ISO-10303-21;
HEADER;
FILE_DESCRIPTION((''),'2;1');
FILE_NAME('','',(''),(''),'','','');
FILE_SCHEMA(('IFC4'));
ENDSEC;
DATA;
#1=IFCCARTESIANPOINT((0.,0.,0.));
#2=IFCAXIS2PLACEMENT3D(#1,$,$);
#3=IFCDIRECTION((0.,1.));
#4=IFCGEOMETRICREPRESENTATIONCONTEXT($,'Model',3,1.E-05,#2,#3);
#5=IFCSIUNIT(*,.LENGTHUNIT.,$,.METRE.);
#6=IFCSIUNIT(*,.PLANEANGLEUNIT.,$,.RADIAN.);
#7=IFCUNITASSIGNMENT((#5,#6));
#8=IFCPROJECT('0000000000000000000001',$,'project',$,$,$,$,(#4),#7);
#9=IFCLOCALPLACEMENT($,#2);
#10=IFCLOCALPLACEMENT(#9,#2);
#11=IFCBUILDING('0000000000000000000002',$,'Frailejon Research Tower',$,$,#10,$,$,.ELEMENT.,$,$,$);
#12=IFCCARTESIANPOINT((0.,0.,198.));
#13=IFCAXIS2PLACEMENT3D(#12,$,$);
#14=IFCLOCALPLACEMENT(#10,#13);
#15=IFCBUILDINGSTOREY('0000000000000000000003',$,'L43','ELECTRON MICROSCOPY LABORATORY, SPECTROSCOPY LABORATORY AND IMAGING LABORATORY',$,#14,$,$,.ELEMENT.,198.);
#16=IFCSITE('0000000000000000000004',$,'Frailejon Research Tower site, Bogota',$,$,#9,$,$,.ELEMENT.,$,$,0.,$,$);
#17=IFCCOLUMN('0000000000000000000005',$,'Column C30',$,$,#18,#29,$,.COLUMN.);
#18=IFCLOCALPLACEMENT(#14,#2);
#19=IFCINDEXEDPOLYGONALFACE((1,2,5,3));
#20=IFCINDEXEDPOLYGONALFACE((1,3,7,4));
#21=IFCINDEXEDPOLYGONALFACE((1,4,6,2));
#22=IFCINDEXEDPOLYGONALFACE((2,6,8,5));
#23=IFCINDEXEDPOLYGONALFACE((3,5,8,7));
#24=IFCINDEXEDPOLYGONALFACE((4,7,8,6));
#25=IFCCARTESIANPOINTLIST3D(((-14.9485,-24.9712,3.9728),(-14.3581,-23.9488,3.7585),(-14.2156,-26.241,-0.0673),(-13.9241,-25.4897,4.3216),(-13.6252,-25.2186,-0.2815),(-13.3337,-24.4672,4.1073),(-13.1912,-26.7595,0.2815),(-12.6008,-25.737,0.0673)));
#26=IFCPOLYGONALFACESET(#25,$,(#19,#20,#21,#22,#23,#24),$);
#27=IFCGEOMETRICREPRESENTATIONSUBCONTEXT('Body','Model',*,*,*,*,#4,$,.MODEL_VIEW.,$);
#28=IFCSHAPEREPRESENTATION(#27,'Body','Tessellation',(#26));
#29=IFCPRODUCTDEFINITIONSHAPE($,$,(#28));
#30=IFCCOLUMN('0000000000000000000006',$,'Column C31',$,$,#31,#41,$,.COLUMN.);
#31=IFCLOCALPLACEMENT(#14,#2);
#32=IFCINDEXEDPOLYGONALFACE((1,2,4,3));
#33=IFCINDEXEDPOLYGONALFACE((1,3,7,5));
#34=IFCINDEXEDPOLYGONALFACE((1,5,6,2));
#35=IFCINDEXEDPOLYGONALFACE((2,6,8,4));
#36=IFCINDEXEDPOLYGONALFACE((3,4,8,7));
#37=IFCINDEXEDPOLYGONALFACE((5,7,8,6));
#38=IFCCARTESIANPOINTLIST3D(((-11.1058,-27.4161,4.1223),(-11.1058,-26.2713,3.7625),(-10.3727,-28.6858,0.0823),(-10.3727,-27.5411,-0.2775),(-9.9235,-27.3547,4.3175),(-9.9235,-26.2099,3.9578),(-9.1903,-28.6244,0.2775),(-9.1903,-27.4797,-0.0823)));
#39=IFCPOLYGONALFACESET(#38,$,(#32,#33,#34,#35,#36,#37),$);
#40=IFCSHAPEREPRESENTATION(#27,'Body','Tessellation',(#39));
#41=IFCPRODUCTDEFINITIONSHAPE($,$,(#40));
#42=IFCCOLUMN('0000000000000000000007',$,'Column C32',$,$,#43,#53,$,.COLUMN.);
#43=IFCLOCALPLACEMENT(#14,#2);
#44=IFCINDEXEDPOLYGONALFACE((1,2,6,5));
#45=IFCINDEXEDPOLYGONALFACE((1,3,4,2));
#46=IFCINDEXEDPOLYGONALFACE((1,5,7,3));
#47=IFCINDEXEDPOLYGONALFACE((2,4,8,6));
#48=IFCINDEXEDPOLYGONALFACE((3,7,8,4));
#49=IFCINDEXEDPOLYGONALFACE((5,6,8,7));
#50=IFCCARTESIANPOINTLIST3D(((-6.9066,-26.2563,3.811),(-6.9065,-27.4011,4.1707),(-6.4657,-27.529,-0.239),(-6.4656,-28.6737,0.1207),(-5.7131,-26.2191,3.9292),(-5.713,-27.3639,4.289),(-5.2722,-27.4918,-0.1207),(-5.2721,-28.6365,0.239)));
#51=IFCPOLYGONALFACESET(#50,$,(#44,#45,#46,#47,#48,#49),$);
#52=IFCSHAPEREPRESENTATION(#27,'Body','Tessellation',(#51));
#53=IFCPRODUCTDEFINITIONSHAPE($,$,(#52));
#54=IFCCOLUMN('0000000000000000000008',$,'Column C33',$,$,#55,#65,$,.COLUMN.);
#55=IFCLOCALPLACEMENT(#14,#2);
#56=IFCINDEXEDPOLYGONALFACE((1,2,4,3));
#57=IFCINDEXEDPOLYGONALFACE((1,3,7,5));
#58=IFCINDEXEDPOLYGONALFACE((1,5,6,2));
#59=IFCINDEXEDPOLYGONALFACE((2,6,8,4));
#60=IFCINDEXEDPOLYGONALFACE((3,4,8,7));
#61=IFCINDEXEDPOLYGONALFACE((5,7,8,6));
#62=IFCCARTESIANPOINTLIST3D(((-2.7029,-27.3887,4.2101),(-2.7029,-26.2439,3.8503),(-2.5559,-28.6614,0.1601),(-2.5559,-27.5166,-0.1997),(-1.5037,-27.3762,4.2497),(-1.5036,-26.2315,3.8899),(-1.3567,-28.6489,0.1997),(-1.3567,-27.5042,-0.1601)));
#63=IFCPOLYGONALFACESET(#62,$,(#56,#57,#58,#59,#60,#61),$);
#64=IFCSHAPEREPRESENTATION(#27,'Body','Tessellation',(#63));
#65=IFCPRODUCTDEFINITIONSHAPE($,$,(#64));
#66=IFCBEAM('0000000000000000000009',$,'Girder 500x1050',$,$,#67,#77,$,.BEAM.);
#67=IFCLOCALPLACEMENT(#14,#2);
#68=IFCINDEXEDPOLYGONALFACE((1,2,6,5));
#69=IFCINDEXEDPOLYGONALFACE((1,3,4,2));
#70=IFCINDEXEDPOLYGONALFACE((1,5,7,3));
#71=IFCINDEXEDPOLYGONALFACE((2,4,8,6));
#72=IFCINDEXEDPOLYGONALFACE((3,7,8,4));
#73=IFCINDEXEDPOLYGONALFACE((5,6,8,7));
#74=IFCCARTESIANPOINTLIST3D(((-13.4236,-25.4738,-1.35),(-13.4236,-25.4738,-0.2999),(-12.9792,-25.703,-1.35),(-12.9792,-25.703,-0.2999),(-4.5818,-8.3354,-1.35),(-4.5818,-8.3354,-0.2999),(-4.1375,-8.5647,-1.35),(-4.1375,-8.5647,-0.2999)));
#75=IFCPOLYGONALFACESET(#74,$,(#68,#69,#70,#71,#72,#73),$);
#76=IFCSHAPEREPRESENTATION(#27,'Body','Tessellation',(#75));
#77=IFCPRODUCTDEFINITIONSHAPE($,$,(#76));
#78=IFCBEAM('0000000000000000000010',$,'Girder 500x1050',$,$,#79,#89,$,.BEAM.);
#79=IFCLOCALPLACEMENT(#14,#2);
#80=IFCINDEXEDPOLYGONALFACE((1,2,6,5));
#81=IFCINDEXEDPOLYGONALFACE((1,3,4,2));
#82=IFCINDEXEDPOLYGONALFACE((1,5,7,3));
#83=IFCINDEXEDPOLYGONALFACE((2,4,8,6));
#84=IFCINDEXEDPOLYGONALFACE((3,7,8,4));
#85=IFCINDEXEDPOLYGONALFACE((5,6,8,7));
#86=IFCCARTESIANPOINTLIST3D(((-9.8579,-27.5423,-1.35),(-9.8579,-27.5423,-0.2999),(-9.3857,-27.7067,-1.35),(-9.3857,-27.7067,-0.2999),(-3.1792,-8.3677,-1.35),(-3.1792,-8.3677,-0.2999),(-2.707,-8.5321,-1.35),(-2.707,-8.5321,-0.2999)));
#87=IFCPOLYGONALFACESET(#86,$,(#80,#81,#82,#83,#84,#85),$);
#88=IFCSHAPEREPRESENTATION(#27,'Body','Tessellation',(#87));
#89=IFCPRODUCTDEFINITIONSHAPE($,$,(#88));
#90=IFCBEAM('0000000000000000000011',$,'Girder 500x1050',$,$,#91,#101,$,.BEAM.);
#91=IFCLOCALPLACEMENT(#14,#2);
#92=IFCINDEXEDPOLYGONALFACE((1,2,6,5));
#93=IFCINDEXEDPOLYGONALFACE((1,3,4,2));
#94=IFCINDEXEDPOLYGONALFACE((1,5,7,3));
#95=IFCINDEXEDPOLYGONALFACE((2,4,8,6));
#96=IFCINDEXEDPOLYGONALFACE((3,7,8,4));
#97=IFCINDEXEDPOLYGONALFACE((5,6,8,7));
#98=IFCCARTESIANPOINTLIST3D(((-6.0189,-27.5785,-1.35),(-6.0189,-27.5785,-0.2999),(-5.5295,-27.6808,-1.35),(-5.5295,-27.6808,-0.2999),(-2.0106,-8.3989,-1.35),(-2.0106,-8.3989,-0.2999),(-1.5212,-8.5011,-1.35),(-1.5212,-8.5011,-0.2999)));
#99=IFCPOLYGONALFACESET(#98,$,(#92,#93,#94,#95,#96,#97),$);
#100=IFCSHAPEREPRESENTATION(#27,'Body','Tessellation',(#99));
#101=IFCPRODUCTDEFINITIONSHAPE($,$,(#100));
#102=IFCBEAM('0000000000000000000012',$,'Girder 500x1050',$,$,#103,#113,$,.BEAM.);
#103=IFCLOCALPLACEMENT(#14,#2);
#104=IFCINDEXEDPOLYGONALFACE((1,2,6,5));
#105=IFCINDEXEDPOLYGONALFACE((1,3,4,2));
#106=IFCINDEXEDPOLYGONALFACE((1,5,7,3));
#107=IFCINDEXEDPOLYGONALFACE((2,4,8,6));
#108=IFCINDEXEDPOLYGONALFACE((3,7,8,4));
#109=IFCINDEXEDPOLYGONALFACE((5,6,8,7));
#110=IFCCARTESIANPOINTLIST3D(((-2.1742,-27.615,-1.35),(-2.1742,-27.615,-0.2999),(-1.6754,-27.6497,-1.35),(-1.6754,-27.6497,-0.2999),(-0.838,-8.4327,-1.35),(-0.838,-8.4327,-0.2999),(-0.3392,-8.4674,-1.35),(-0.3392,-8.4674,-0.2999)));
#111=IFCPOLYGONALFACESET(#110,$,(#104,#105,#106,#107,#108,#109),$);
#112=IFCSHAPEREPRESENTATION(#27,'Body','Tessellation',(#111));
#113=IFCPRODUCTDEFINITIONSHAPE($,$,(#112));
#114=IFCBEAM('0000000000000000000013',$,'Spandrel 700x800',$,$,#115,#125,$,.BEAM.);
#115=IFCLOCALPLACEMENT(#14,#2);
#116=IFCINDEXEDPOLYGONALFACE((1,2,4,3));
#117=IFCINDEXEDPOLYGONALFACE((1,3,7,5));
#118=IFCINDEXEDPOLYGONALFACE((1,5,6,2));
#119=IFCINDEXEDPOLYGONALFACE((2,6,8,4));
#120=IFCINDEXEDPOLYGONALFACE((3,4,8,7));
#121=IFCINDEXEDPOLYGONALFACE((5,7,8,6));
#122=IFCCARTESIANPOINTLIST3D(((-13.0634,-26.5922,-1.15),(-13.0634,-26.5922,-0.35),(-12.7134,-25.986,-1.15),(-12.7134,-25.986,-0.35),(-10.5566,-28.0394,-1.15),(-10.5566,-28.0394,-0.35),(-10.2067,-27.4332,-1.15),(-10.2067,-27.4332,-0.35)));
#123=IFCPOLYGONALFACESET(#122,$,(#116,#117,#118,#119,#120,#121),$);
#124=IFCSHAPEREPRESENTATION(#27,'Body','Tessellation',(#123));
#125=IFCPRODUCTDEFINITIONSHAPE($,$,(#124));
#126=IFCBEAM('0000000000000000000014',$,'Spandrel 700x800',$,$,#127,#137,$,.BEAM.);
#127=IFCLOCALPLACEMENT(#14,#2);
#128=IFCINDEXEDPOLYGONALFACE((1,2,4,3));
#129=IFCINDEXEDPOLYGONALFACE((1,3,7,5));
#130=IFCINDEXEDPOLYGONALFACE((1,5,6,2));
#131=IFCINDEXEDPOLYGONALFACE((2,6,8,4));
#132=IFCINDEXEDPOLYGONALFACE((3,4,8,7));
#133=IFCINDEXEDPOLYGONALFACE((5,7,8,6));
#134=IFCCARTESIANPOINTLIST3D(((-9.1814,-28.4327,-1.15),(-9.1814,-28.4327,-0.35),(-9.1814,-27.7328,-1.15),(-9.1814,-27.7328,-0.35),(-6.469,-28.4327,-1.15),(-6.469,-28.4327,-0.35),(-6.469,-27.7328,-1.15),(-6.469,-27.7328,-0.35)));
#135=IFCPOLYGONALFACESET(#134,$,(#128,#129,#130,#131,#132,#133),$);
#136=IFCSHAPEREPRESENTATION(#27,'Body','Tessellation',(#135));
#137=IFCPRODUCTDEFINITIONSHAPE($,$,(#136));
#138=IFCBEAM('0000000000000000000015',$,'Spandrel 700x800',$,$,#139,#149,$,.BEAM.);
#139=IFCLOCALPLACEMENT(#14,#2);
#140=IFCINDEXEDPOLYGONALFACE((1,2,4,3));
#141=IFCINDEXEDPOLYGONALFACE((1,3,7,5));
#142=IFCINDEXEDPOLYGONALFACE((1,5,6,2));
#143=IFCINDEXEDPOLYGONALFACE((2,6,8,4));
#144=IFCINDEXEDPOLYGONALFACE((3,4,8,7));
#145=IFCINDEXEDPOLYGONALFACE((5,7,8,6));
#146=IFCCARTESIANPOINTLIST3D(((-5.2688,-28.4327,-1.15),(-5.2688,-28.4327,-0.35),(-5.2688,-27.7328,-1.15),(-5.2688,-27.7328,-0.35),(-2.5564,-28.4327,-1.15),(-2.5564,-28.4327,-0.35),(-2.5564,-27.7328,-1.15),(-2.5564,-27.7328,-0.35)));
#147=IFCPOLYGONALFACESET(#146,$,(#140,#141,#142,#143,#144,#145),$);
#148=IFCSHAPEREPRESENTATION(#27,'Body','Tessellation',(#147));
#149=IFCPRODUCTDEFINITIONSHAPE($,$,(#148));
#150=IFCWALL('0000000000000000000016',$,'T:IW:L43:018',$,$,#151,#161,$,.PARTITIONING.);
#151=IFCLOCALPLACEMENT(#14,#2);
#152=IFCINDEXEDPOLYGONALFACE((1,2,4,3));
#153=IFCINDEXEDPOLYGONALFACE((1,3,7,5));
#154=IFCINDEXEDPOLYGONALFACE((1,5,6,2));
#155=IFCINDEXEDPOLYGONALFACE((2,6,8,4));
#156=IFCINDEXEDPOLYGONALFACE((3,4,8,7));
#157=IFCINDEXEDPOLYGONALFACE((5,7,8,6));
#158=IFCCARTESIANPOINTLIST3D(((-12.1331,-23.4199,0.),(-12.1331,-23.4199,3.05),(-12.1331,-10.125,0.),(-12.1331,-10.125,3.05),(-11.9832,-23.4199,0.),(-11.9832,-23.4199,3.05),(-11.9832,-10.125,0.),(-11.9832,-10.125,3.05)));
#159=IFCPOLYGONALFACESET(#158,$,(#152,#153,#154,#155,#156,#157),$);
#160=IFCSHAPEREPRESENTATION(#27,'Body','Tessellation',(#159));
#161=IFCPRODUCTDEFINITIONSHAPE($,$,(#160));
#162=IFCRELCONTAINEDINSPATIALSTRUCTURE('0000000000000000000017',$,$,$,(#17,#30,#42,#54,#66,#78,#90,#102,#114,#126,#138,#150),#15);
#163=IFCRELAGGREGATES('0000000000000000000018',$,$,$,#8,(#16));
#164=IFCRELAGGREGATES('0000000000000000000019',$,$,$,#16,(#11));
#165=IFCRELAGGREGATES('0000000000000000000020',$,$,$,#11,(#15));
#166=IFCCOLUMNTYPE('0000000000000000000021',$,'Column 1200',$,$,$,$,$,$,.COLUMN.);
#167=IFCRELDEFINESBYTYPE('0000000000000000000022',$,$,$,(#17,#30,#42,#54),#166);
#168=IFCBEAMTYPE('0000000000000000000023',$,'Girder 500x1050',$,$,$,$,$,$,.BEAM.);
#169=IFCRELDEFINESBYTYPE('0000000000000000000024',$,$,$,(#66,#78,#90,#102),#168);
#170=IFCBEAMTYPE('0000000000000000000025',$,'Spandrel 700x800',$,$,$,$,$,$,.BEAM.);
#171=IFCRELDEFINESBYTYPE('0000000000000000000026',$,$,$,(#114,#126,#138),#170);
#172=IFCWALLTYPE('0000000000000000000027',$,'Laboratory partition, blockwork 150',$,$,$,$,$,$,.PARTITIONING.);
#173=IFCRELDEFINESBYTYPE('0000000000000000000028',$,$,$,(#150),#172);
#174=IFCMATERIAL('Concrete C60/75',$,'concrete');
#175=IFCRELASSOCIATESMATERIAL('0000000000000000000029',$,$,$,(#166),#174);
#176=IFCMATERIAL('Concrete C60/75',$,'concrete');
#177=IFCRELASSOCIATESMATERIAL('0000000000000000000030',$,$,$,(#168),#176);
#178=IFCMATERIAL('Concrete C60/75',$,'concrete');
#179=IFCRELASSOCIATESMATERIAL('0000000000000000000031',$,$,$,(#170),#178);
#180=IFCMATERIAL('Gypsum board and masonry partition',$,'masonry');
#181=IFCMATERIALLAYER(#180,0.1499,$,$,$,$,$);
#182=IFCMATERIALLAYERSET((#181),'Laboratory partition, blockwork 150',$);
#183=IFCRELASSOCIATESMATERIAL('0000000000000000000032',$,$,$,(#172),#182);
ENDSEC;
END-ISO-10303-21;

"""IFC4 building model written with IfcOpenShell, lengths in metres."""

from ifc_helpers import new_model, si_unit, direction, frame, frame_2d, origin, origin_2d, place, context, subcontext, project, spatial, rectangle, extrude, material, layer, layer_set, material_profile, profile_set, type_object, element, save


model = new_model("IFC4")

# Units and contexts
model_context = context("Model", 3, precision=1e-05, world=origin(), true_north=direction((0.0, 1.0)))
body_context = subcontext(model_context, "Body", "Model", "MODEL_VIEW")
ifc_project = project(units=[si_unit("LENGTHUNIT", "METRE"), si_unit("PLANEANGLEUNIT", "RADIAN")], contexts=[model_context])

# Site, building, storey
site_placement = place(None, origin())
site = spatial("IfcSite", under=ifc_project, at=site_placement, Name="Frailejon Research Tower site, Bogota", CompositionType="ELEMENT", RefElevation=0.0)
building_placement = place(site_placement, origin())
building = spatial("IfcBuilding", under=site, at=building_placement, Name="Frailejon Research Tower", CompositionType="ELEMENT")
storey_placement = place(building_placement, frame((0.0, 0.0, 198.0)))
storey = spatial("IfcBuildingStorey", under=building, at=storey_placement, Name="L43", Description="ELECTRON MICROSCOPY LABORATORY, SPECTROSCOPY LABORATORY AND IMAGING LABORATORY", CompositionType="ELEMENT", Elevation=198.0)

# Columns
ifc_material_1 = material(Name="Concrete C60/75", Category="concrete")
ifc_material_profile_1 = material_profile(ifc_material_1, rectangle(XDim=1.2, YDim=1.2, at=origin_2d()), Name="Column 1200")
ifc_profile_set_1 = profile_set([ifc_material_profile_1], Name="Concrete C60/75")
column_type = type_object("IfcColumnType", Name="Column 1200", PredefinedType="COLUMN", material=ifc_profile_set_1)
for number, where, z_axis, x_axis, name in (
    (1, (-13.4082, -25.989, 0.0), (-0.17053, 0.295445, 0.940017), (0.853708, -0.432077, 0.290674), "Column C30"),
    (2, (-9.7815, -28.0828, 0.0), (-0.170585, 0.295442, 0.940008), (0.985343, 0.051151, 0.162736), "Column C31"),
):
    element("IfcColumn", number, at=place(storey_placement, frame(where, z_axis=z_axis, x_axis=x_axis)), inside=storey, type_object=column_type, Name=name, PredefinedType="COLUMN", context=body_context, shape_type="SweptSolid", body=[
        extrude(rectangle(XDim=1.2, YDim=1.2, at=origin_2d()), origin(), (0.0, 0.0, 1.0), 4.2979),
    ])
column_1_placement = place(storey_placement, frame((-5.8689, -28.0828, 0.0), z_axis=(-0.103304, 0.298187, 0.948901), x_axis=(0.99465, 0.031006, 0.098541)))
element("IfcColumn", 3, at=column_1_placement, inside=storey, type_object=column_type, Name="Column C32", PredefinedType="COLUMN", context=body_context, shape_type="SweptSolid", body=[
    extrude(rectangle(XDim=1.2, YDim=1.2, at=origin_2d()), origin(), (0.0, 0.0, 1.0), 4.2681),
])
column_2_placement = place(storey_placement, frame((-1.9563, -28.0828, 0.0), z_axis=(-0.034599, 0.299611, 0.953434), x_axis=(0.999401, 0.010365, 0.03301)))
element("IfcColumn", 4, at=column_2_placement, inside=storey, type_object=column_type, Name="Column C33", PredefinedType="COLUMN", context=body_context, shape_type="SweptSolid", body=[
    extrude(rectangle(XDim=1.2, YDim=1.2, at=origin_2d()), origin(), (0.0, 0.0, 1.0), 4.2478),
])

# Beams
ifc_material_2 = material(Name="Concrete C60/75", Category="concrete")
ifc_material_profile_2 = material_profile(ifc_material_2, rectangle(XDim=0.5, YDim=1.05, at=origin_2d()), Name="Girder 500x1050")
ifc_profile_set_2 = profile_set([ifc_material_profile_2], Name="Concrete C60/75")
beam_type_1 = type_object("IfcBeamType", Name="Girder 500x1050", PredefinedType="BEAM", material=ifc_profile_set_2)
beam_1_placement = place(storey_placement, frame((-13.2014, -25.5884, -0.825), z_axis=(0.458486, 0.888702, 0.0), x_axis=(-0.888702, 0.458486, 0.0)))
element("IfcBeam", 5, at=beam_1_placement, inside=storey, type_object=beam_type_1, Name="Girder 500x1050", PredefinedType="BEAM", context=body_context, shape_type="SweptSolid", body=[
    extrude(rectangle(XDim=0.5, YDim=1.05, at=origin_2d()), origin(), (0.0, 0.0, 1.0), 19.2847),
])
beam_2_placement = place(storey_placement, frame((-9.6218, -27.6245, -0.825), z_axis=(0.328929, 0.944355, 0.0), x_axis=(-0.944355, 0.328929, 0.0)))
element("IfcBeam", 6, at=beam_2_placement, inside=storey, type_object=beam_type_1, Name="Girder 500x1050", PredefinedType="BEAM", context=body_context, shape_type="SweptSolid", body=[
    extrude(rectangle(XDim=0.5, YDim=1.05, at=origin_2d()), origin(), (0.0, 0.0, 1.0), 20.3044),
])
beam_3_placement = place(storey_placement, frame((-5.7742, -27.6296, -0.825), z_axis=(0.204567, 0.978853, 0.0), x_axis=(-0.978853, 0.204567, 0.0)))
element("IfcBeam", 7, at=beam_3_placement, inside=storey, type_object=beam_type_1, Name="Girder 500x1050", PredefinedType="BEAM", context=body_context, shape_type="SweptSolid", body=[
    extrude(rectangle(XDim=0.5, YDim=1.05, at=origin_2d()), origin(), (0.0, 0.0, 1.0), 19.594),
])
beam_4_placement = place(storey_placement, frame((-1.9248, -27.6323, -0.825), z_axis=(0.069488, 0.997583, 0.0), x_axis=(-0.997583, 0.069488, 0.0)))
element("IfcBeam", 8, at=beam_4_placement, inside=storey, type_object=beam_type_1, Name="Girder 500x1050", PredefinedType="BEAM", context=body_context, shape_type="SweptSolid", body=[
    extrude(rectangle(XDim=0.5, YDim=1.05, at=origin_2d()), origin(), (0.0, 0.0, 1.0), 19.2288),
])
ifc_material_3 = material(Name="Concrete C60/75", Category="concrete")
ifc_material_profile_3 = material_profile(ifc_material_3, rectangle(XDim=0.7, YDim=0.8, at=origin_2d()), Name="Spandrel 700x800")
ifc_profile_set_3 = profile_set([ifc_material_profile_3], Name="Concrete C60/75")
beam_type_2 = type_object("IfcBeamType", Name="Spandrel 700x800", PredefinedType="BEAM", material=ifc_profile_set_3)
beam_5_placement = place(storey_placement, frame((-12.8884, -26.2891, -0.75), z_axis=(0.866034, -0.499985, 0.0), x_axis=(0.499985, 0.866034, 0.0)))
element("IfcBeam", 9, at=beam_5_placement, inside=storey, type_object=beam_type_2, Name="Spandrel 700x800", PredefinedType="BEAM", context=body_context, shape_type="SweptSolid", body=[
    extrude(rectangle(XDim=0.7, YDim=0.8, at=origin_2d()), origin(), (0.0, 0.0, 1.0), 2.8945),
])
for number, where, z_axis, x_axis, name in (
    (10, (-9.1814, -28.0828, -0.75), (1.0, 0.0, 0.0), (0.0, 1.0, 0.0), "Spandrel 700x800"),
    (11, (-5.2688, -28.0828, -0.75), (1.0, 0.0, 0.0), (0.0, 1.0, 0.0), "Spandrel 700x800"),
):
    element("IfcBeam", number, at=place(storey_placement, frame(where, z_axis=z_axis, x_axis=x_axis)), inside=storey, type_object=beam_type_2, Name=name, PredefinedType="BEAM", context=body_context, shape_type="SweptSolid", body=[
        extrude(rectangle(XDim=0.7, YDim=0.8, at=origin_2d()), origin(), (0.0, 0.0, 1.0), 2.7124),
    ])

# Wall
ifc_material_4 = material(Name="Gypsum board and masonry partition", Category="masonry")
ifc_layer_1 = layer(ifc_material_4, 0.1499)
ifc_layer_set_1 = layer_set([ifc_layer_1], Name="Laboratory partition, blockwork 150")
wall_type_1 = type_object("IfcWallType", Name="Laboratory partition, blockwork 150", PredefinedType="PARTITIONING", material=ifc_layer_set_1)
wall_1_placement = place(storey_placement, frame((-12.0581, -23.4199, 0.0), z_axis=(0.0, 0.0, 1.0), x_axis=(0.0, 1.0, 0.0)))
element("IfcWall", 12, at=wall_1_placement, inside=storey, type_object=wall_type_1, Name="T:IW:L43:018", PredefinedType="PARTITIONING", context=body_context, shape_type="SweptSolid", body=[
    extrude(rectangle(XDim=13.2949, YDim=0.1499, at=frame_2d((6.6475, 0.0))), origin(), (0.0, 0.0, 1.0), 3.05),
])

save(model, "model.ifc")
